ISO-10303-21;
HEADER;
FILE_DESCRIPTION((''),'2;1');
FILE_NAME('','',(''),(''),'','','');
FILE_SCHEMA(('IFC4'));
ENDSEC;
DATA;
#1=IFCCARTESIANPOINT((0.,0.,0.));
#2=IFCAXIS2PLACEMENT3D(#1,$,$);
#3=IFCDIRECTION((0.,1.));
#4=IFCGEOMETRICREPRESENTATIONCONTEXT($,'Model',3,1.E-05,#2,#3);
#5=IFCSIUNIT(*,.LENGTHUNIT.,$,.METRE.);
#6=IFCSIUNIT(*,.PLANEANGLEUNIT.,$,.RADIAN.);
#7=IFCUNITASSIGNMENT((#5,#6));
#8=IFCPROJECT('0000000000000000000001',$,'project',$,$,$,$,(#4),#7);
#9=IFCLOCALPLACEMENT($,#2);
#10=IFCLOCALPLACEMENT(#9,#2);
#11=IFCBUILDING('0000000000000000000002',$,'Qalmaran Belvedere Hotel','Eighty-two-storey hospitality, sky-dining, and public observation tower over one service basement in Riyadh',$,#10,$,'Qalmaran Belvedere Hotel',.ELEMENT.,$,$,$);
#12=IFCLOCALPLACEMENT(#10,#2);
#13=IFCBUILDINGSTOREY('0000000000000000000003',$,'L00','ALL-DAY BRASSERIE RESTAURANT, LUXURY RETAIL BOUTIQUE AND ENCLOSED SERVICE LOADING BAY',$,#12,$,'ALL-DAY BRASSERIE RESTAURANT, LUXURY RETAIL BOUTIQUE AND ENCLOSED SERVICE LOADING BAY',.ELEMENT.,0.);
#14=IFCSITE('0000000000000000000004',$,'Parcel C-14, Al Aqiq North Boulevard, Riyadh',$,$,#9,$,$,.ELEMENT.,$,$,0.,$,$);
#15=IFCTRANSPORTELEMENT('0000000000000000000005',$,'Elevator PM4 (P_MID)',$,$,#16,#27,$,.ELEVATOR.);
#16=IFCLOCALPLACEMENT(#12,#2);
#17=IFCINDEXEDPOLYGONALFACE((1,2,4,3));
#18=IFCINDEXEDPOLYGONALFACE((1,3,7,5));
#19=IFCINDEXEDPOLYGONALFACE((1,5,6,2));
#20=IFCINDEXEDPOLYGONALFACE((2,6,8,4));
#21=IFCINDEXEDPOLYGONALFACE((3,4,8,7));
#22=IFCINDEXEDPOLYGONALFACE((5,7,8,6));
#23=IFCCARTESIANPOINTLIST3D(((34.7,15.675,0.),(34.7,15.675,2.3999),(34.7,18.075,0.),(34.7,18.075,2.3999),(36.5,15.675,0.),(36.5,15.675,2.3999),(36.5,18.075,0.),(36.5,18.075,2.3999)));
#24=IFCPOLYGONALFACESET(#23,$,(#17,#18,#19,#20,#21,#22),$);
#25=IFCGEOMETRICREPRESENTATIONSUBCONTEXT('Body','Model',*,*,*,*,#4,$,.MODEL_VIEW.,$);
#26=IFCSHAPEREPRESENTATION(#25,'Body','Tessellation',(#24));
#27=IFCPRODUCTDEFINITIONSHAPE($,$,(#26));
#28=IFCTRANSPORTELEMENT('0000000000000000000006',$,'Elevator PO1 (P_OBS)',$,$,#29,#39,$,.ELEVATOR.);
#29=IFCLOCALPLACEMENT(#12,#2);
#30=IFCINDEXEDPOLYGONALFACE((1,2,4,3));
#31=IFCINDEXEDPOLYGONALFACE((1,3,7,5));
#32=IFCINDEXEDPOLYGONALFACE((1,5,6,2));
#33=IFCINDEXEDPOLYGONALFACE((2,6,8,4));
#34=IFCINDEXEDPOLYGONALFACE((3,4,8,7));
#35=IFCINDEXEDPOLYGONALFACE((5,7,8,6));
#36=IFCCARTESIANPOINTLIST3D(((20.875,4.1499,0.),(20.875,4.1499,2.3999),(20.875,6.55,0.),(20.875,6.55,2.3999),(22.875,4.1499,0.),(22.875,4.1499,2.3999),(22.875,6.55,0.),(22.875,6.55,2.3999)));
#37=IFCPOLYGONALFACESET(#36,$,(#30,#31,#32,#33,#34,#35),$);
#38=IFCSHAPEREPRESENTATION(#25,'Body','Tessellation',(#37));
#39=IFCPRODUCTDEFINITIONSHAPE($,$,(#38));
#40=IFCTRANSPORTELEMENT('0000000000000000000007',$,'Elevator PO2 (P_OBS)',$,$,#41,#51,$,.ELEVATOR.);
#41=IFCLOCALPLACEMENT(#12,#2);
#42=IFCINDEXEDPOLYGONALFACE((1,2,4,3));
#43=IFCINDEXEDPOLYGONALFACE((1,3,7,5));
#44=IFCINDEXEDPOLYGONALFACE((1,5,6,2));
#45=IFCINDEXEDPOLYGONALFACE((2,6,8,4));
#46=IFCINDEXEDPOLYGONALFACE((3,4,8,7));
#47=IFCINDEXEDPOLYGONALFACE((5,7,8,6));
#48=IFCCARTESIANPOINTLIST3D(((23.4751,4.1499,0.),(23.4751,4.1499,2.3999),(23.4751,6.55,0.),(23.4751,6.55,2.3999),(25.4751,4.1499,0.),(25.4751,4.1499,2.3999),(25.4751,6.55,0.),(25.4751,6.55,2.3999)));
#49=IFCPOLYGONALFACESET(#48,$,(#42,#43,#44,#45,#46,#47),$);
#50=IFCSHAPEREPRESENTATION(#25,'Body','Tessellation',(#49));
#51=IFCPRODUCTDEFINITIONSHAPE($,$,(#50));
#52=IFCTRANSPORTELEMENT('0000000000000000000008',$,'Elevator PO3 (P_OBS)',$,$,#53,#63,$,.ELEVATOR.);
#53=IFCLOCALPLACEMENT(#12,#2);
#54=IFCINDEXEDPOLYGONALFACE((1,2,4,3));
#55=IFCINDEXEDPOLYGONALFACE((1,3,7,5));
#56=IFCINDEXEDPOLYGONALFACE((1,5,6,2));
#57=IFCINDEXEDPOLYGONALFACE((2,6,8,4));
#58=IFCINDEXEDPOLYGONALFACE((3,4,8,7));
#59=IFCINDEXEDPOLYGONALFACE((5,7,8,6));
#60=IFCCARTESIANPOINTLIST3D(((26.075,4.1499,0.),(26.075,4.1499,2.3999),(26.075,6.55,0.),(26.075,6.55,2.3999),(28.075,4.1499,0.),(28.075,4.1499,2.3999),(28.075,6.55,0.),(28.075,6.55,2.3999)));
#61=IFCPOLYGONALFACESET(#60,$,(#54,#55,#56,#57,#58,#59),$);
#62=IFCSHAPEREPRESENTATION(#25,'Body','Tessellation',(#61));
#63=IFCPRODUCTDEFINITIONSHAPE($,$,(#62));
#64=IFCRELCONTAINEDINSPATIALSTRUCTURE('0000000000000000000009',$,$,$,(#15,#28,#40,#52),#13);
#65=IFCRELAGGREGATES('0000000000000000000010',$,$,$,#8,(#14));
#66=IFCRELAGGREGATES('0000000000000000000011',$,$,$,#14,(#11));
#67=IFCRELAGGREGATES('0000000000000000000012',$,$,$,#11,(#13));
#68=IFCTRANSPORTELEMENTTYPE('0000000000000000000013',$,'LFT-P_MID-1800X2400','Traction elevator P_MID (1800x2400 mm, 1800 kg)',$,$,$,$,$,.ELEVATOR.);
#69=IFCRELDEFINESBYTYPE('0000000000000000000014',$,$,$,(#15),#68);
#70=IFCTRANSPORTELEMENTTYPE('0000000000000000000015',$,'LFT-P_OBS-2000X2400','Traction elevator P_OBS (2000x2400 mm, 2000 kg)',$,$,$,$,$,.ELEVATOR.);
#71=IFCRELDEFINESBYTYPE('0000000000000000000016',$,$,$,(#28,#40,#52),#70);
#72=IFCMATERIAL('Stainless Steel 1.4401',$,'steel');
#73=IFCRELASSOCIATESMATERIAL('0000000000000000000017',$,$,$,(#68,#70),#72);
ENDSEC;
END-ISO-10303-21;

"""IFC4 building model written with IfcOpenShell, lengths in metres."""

from ifc_helpers import new_model, si_unit, direction, origin, place, context, subcontext, project, spatial, polyline, outline, extrude, material, type_object, element, save


model = new_model("IFC4")

# Units and contexts
model_context = context("Model", 3, precision=1e-05, world=origin(), true_north=direction((0.0, 1.0)))
body_context = subcontext(model_context, "Body", "Model", "MODEL_VIEW")
ifc_project = project(units=[si_unit("LENGTHUNIT", "METRE"), si_unit("PLANEANGLEUNIT", "RADIAN")], contexts=[model_context])

# Site, building, storey
site_placement = place(None, origin())
site = spatial("IfcSite", under=ifc_project, at=site_placement, Name="Parcel C-14, Al Aqiq North Boulevard, Riyadh", CompositionType="ELEMENT", RefElevation=0.0)
building_placement = place(site_placement, origin())
building = spatial("IfcBuilding", under=site, at=building_placement, Name="Qalmaran Belvedere Hotel", Description="Eighty-two-storey hospitality, sky-dining, and public observation tower over one service basement in Riyadh", LongName="Qalmaran Belvedere Hotel", CompositionType="ELEMENT")
storey_placement = place(building_placement, origin())
storey = spatial("IfcBuildingStorey", under=building, at=storey_placement, Name="L00", Description="ALL-DAY BRASSERIE RESTAURANT, LUXURY RETAIL BOUTIQUE AND ENCLOSED SERVICE LOADING BAY", LongName="ALL-DAY BRASSERIE RESTAURANT, LUXURY RETAIL BOUTIQUE AND ENCLOSED SERVICE LOADING BAY", CompositionType="ELEMENT", Elevation=0.0)

# Transport elements
ifc_material_1 = material(Name="Stainless Steel 1.4401", Category="steel")
transport_element_type_1 = type_object("IfcTransportElementType", Name="LFT-P_MID-1800X2400", Description="Traction elevator P_MID (1800x2400 mm, 1800 kg)", PredefinedType="ELEVATOR", material=ifc_material_1)
transport_element_1_placement = place(storey_placement, origin())
element("IfcTransportElement", 1, at=transport_element_1_placement, inside=storey, type_object=transport_element_type_1, Name="Elevator PM4 (P_MID)", PredefinedType="ELEVATOR", context=body_context, shape_type="SweptSolid", body=[
    extrude(outline(polyline([(34.7, 15.675), (36.5, 15.675), (36.5, 18.075), (34.7, 18.075), (34.7, 15.675)])), origin(), (0.0, 0.0, 1.0), 2.3999),
])
transport_element_type_2 = type_object("IfcTransportElementType", Name="LFT-P_OBS-2000X2400", Description="Traction elevator P_OBS (2000x2400 mm, 2000 kg)", PredefinedType="ELEVATOR", material=ifc_material_1)
transport_element_2_placement = place(storey_placement, origin())
element("IfcTransportElement", 2, at=transport_element_2_placement, inside=storey, type_object=transport_element_type_2, Name="Elevator PO1 (P_OBS)", PredefinedType="ELEVATOR", context=body_context, shape_type="SweptSolid", body=[
    extrude(outline(polyline([(20.875, 4.1499), (22.875, 4.1499), (22.875, 6.55), (20.875, 6.55), (20.875, 4.1499)])), origin(), (0.0, 0.0, 1.0), 2.3999),
])
transport_element_3_placement = place(storey_placement, origin())
element("IfcTransportElement", 3, at=transport_element_3_placement, inside=storey, type_object=transport_element_type_2, Name="Elevator PO2 (P_OBS)", PredefinedType="ELEVATOR", context=body_context, shape_type="SweptSolid", body=[
    extrude(outline(polyline([(23.4751, 4.1499), (25.4751, 4.1499), (25.4751, 6.55), (23.4751, 6.55), (23.4751, 4.1499)])), origin(), (0.0, 0.0, 1.0), 2.3999),
])
transport_element_4_placement = place(storey_placement, origin())
element("IfcTransportElement", 4, at=transport_element_4_placement, inside=storey, type_object=transport_element_type_2, Name="Elevator PO3 (P_OBS)", PredefinedType="ELEVATOR", context=body_context, shape_type="SweptSolid", body=[
    extrude(outline(polyline([(26.075, 4.1499), (28.075, 4.1499), (28.075, 6.55), (26.075, 6.55), (26.075, 4.1499)])), origin(), (0.0, 0.0, 1.0), 2.3999),
])

save(model, "model.ifc")
